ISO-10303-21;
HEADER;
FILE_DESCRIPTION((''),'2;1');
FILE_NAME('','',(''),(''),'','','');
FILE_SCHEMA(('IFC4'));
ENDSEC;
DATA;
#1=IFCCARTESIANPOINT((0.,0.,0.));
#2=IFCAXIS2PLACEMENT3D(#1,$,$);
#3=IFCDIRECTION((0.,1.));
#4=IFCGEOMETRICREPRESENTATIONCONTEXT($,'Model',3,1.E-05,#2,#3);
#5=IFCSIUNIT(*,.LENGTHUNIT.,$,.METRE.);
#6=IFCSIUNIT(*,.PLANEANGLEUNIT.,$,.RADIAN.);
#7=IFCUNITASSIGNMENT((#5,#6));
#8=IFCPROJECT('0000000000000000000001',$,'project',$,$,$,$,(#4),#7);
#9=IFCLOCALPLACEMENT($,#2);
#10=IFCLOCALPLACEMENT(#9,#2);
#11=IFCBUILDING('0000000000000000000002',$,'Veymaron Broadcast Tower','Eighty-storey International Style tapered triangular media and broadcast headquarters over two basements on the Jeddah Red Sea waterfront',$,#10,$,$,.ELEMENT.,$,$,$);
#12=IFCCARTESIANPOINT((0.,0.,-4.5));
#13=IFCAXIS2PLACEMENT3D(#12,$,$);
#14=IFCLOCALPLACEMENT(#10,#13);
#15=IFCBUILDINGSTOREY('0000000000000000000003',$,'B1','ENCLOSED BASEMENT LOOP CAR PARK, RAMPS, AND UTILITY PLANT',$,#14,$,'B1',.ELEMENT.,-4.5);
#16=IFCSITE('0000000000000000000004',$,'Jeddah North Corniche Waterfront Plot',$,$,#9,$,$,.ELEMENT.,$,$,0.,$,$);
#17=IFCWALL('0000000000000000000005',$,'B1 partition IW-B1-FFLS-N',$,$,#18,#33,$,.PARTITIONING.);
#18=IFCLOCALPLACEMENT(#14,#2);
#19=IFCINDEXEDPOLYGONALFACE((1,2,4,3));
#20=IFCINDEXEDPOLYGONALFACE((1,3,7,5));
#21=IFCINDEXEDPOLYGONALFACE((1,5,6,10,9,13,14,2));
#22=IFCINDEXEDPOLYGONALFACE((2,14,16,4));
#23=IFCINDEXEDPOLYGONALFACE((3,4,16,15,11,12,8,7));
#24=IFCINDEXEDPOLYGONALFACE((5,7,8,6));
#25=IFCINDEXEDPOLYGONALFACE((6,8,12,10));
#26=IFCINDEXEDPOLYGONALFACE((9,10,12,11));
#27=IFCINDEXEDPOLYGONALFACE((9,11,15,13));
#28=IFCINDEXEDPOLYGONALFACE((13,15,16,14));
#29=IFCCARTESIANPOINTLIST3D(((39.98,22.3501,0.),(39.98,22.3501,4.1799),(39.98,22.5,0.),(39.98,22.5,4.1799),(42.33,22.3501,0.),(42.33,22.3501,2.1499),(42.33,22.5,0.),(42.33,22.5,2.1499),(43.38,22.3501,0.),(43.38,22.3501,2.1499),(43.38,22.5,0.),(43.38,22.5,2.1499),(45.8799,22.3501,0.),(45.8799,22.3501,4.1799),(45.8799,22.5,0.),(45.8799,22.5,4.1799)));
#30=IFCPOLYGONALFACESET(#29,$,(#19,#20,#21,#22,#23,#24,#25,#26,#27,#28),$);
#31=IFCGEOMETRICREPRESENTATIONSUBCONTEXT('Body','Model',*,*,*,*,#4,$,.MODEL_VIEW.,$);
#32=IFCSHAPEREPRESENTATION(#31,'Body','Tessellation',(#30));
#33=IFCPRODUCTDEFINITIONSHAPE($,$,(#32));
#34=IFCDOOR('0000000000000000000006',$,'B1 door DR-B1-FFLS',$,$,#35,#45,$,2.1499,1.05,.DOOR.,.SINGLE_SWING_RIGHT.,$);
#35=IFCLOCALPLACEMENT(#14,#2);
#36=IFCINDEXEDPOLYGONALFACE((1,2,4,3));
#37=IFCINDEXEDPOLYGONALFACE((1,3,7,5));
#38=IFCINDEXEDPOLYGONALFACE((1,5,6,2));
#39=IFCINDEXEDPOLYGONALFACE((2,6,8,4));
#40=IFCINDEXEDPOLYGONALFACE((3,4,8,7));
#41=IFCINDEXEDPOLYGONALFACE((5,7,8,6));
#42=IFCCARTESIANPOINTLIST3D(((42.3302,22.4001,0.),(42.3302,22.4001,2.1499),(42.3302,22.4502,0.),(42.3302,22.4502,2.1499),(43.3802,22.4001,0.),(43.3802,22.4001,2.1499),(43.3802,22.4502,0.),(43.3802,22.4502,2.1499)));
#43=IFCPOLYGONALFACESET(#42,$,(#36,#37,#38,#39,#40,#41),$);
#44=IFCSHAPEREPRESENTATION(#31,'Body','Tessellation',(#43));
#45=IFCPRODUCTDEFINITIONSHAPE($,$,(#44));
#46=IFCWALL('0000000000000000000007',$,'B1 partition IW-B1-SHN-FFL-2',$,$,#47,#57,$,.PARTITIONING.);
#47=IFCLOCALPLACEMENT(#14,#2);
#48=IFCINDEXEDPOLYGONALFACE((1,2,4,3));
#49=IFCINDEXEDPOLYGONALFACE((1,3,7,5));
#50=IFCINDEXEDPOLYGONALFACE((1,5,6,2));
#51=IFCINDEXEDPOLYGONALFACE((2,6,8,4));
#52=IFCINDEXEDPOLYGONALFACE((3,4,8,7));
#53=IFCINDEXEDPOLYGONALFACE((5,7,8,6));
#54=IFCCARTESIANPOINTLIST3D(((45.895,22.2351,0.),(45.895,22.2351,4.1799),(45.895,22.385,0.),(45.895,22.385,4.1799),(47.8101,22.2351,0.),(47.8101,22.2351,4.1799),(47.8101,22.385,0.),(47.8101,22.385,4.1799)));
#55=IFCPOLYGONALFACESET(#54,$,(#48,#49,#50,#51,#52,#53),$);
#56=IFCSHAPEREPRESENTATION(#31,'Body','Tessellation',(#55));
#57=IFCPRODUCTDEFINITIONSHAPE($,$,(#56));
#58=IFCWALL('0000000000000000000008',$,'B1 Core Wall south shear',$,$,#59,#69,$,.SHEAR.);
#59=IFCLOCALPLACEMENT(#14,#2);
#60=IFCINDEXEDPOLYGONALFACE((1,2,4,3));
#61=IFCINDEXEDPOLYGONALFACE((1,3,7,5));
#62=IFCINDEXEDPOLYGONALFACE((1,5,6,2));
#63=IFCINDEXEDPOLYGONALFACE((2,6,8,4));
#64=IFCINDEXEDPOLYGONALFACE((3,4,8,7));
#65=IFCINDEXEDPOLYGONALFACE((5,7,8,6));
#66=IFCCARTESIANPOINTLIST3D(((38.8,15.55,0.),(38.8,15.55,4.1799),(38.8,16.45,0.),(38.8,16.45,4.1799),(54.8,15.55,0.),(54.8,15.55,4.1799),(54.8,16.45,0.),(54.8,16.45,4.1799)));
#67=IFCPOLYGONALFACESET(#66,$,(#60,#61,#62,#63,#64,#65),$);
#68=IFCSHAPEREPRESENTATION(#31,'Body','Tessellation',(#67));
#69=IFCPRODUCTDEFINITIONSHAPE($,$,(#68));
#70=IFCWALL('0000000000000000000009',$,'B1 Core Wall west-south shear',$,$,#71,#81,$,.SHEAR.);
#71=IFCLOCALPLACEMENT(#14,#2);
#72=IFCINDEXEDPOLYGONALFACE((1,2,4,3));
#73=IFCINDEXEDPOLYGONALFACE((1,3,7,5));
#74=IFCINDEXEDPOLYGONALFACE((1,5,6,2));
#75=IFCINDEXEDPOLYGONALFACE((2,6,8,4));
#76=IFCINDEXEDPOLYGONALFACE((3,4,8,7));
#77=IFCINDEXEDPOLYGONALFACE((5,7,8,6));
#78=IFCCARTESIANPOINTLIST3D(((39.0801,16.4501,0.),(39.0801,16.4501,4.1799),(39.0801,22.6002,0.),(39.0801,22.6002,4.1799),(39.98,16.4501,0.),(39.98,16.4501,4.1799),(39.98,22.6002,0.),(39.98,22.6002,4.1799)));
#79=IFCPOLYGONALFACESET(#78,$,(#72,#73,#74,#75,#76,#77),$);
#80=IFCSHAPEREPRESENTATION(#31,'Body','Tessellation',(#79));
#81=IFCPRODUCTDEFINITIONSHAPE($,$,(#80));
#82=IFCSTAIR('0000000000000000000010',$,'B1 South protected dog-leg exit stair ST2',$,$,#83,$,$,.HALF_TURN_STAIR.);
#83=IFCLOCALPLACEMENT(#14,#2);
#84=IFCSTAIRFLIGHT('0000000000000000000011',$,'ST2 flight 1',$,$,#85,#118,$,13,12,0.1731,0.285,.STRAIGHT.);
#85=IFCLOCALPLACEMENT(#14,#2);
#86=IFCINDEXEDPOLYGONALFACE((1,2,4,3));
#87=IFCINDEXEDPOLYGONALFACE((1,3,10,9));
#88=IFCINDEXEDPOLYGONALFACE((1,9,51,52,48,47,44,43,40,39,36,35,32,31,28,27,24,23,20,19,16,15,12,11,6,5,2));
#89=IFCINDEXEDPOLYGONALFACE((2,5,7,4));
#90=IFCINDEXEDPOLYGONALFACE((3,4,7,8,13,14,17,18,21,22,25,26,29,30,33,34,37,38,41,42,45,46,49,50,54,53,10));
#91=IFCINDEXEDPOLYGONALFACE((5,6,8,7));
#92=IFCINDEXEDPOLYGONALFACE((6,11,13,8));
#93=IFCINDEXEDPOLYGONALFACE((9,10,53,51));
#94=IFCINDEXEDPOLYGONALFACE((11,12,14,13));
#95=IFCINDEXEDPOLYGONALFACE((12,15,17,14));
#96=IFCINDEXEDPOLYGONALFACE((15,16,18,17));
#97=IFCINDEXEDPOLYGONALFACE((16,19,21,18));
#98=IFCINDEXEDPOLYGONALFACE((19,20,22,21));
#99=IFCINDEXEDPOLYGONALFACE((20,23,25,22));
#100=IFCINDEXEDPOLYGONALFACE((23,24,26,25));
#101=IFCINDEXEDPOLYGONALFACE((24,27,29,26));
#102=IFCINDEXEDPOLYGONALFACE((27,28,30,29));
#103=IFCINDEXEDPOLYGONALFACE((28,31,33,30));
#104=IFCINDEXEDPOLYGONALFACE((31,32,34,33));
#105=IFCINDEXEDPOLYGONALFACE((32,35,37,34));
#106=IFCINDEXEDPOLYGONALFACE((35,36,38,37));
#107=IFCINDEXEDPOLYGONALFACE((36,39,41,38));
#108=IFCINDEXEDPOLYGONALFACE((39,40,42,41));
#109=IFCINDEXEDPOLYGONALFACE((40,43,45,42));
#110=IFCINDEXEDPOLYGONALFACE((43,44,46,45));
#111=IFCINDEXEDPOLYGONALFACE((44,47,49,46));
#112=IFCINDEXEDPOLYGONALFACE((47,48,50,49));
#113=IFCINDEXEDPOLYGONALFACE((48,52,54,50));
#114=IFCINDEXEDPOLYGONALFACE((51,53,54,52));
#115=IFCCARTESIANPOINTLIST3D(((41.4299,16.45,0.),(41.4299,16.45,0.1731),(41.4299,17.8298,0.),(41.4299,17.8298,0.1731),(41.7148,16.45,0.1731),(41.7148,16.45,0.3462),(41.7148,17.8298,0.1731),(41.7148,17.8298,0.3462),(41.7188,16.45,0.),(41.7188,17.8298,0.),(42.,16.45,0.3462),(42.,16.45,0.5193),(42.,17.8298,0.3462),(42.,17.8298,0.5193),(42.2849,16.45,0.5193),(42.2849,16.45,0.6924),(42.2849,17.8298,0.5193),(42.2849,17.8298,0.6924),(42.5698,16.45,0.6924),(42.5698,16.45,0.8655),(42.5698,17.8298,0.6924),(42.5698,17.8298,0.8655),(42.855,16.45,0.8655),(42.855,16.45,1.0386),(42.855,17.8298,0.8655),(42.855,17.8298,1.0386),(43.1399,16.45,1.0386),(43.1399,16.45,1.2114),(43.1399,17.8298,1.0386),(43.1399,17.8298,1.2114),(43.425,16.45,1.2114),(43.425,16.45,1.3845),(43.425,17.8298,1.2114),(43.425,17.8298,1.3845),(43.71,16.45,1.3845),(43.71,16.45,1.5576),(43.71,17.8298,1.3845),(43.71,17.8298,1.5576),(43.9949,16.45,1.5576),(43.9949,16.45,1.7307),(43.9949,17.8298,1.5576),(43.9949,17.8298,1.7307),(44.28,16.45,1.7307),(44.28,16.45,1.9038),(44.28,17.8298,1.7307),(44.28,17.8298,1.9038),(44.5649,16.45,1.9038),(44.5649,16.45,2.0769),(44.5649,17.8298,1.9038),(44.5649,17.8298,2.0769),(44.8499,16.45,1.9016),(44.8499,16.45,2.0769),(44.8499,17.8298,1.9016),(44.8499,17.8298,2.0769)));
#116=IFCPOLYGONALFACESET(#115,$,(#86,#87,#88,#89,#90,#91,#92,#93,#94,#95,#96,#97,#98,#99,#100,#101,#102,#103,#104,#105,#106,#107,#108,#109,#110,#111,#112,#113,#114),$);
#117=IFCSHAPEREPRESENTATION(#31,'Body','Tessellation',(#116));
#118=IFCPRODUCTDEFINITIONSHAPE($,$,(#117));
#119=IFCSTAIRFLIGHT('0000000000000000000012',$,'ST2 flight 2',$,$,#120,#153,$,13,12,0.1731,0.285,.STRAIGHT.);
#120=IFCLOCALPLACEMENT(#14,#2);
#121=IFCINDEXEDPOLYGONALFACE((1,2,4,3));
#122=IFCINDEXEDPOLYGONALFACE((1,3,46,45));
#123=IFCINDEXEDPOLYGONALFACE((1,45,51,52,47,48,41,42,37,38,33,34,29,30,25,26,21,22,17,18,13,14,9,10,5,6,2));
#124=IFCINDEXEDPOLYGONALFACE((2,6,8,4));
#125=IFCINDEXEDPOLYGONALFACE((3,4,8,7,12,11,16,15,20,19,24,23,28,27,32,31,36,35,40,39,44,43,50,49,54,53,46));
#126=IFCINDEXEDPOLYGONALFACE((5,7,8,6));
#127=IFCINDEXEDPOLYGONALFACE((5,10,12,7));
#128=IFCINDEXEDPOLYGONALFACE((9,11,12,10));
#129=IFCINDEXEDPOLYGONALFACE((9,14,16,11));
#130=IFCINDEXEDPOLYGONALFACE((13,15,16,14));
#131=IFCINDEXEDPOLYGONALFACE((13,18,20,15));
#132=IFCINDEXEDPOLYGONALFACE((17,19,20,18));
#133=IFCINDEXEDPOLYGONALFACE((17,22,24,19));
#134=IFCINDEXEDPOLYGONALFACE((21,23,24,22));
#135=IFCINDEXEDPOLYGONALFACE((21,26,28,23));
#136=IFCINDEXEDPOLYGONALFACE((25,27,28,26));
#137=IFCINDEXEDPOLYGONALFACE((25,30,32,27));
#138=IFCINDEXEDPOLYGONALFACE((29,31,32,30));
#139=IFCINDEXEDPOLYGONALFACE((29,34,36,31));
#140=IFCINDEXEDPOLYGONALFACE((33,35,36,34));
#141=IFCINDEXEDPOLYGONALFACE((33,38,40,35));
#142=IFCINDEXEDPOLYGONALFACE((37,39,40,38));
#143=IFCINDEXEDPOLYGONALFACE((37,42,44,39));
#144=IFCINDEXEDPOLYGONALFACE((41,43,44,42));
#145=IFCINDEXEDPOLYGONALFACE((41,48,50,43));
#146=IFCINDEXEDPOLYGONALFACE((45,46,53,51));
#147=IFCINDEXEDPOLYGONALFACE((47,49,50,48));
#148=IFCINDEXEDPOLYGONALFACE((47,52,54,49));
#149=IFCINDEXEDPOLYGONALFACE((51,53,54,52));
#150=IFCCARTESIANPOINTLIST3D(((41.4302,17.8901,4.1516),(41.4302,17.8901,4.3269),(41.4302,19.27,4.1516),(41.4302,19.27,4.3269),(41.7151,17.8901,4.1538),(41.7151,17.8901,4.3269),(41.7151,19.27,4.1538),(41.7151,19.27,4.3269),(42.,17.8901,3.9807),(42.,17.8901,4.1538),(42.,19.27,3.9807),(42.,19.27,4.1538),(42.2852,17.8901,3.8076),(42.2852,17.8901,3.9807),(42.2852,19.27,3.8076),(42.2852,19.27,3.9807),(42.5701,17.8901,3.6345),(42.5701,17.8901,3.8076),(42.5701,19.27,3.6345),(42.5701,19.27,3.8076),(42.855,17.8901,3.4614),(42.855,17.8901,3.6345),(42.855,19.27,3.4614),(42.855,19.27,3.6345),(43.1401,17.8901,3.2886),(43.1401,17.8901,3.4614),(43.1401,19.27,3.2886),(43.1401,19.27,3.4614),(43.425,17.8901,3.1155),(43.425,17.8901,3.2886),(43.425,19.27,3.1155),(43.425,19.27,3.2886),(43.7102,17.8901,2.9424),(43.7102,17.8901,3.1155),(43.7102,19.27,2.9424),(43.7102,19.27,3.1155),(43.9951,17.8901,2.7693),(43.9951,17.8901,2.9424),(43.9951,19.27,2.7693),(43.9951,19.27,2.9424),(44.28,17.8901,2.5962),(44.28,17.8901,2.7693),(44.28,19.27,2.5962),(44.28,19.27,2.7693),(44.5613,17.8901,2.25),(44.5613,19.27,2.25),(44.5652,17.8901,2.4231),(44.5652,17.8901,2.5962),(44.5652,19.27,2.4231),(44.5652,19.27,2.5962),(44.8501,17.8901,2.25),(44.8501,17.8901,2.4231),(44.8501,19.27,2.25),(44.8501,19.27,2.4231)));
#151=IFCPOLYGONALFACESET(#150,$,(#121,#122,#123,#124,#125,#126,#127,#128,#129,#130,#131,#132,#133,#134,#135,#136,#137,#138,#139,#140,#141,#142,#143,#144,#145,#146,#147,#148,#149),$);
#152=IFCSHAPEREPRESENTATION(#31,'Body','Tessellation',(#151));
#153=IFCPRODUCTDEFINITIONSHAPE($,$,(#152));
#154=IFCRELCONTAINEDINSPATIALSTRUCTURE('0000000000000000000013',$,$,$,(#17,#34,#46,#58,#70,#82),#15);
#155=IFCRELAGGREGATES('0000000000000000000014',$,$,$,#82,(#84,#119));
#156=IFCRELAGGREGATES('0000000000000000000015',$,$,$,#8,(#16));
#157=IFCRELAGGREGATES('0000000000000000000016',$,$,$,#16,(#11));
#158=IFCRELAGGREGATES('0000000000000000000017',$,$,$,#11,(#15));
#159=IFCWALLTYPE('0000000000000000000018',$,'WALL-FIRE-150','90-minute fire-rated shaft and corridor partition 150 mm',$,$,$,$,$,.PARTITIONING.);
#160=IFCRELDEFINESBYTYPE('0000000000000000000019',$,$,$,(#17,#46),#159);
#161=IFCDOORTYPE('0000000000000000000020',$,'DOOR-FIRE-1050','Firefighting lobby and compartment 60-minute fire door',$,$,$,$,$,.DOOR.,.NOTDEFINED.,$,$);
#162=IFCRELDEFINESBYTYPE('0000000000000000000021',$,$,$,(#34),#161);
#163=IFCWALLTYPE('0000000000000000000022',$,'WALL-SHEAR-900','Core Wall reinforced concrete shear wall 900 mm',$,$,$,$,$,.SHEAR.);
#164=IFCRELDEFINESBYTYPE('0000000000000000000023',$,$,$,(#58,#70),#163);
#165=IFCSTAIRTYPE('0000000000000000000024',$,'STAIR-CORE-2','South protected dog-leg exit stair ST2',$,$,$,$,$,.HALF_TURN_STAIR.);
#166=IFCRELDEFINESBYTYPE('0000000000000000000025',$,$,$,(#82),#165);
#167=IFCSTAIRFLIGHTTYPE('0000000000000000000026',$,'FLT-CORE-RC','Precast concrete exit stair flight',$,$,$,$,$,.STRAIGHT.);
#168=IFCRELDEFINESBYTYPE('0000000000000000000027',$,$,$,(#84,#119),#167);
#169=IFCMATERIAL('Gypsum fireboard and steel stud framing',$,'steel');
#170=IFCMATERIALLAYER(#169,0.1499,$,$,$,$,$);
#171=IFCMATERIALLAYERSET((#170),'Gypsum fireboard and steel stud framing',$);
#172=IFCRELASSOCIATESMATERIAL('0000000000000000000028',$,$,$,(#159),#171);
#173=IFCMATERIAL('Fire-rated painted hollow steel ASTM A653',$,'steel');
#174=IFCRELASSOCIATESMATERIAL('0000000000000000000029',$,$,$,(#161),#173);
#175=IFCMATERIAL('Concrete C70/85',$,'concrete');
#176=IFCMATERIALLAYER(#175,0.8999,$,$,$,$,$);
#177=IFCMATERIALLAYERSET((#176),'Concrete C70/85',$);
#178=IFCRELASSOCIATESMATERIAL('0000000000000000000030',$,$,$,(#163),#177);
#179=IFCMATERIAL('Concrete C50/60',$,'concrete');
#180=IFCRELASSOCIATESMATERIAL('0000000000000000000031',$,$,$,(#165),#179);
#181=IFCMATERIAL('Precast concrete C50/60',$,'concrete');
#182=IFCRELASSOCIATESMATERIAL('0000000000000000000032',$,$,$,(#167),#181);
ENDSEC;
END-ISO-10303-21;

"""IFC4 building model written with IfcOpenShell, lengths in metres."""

from ifc_helpers import new_model, si_unit, direction, frame, frame_2d, origin, place, context, subcontext, project, spatial, polyline, rectangle, outline, extrude, material, layer, layer_set, type_object, element, fill, aggregate, save


model = new_model("IFC4")

# Units and contexts
model_context = context("Model", 3, precision=1e-05, world=origin(), true_north=direction((0.0, 1.0)))
body_context = subcontext(model_context, "Body", "Model", "MODEL_VIEW")
ifc_project = project(units=[si_unit("LENGTHUNIT", "METRE"), si_unit("PLANEANGLEUNIT", "RADIAN")], contexts=[model_context])

# Site, building, storey
site_placement = place(None, origin())
site = spatial("IfcSite", under=ifc_project, at=site_placement, Name="Jeddah North Corniche Waterfront Plot", CompositionType="ELEMENT", RefElevation=0.0)
building_placement = place(site_placement, origin())
building = spatial("IfcBuilding", under=site, at=building_placement, Name="Veymaron Broadcast Tower", Description="Eighty-storey International Style tapered triangular media and broadcast headquarters over two basements on the Jeddah Red Sea waterfront", CompositionType="ELEMENT")
storey_placement = place(building_placement, frame((0.0, 0.0, -4.5)))
storey = spatial("IfcBuildingStorey", under=building, at=storey_placement, Name="B1", Description="ENCLOSED BASEMENT LOOP CAR PARK, RAMPS, AND UTILITY PLANT", LongName="B1", CompositionType="ELEMENT", Elevation=-4.5)

# Shared definitions
ifc_material_1 = material(Name="Concrete C70/85", Category="concrete")

# Wall, opening, door
ifc_material_2 = material(Name="Gypsum fireboard and steel stud framing", Category="steel")
ifc_layer_1 = layer(ifc_material_2, 0.1499)
ifc_layer_set_1 = layer_set([ifc_layer_1], Name="Gypsum fireboard and steel stud framing")
wall_type_1 = type_object("IfcWallType", Name="WALL-FIRE-150", Description="90-minute fire-rated shaft and corridor partition 150 mm", PredefinedType="PARTITIONING", material=ifc_layer_set_1)
wall_1_placement = place(storey_placement, frame((39.98, 22.425, 0.0), z_axis=(0.0, 0.0, 1.0), x_axis=(1.0, 0.0, 0.0)))
wall_1 = element("IfcWall", 1, at=wall_1_placement, inside=storey, type_object=wall_type_1, Name="B1 partition IW-B1-FFLS-N", PredefinedType="PARTITIONING", context=body_context, shape_type="SweptSolid", body=[
    extrude(rectangle(XDim=5.8999, YDim=0.1499, at=frame_2d((2.95, 0.0))), origin(), (0.0, 0.0, 1.0), 4.1799),
])
opening_1_placement = place(wall_1_placement, frame((2.3501, 0.0, 0.0)))
opening_1 = element("IfcOpeningElement", 2, at=opening_1_placement, cuts=wall_1, PredefinedType="OPENING", context=body_context, shape_type="SweptSolid", body=[
    extrude(rectangle(XDim=1.05, YDim=2.1499, at=frame_2d((0.5249, 1.075))), frame((0.0, 0.085, 0.0), z_axis=(0.0, -1.0, 0.0), x_axis=(1.0, 0.0, 0.0)), (0.0, 0.0, 1.0), 0.1699),
])
ifc_material_3 = material(Name="Fire-rated painted hollow steel ASTM A653", Category="steel")
door_type_1 = type_object("IfcDoorType", Name="DOOR-FIRE-1050", Description="Firefighting lobby and compartment 60-minute fire door", OperationType="NOTDEFINED", PredefinedType="DOOR", material=ifc_material_3)
door_1_placement = place(opening_1_placement, frame((1.05, 0.0, 0.0), z_axis=(0.0, 0.0, 1.0), x_axis=(-1.0, 0.0, 0.0)))
door_1 = element("IfcDoor", 3, at=door_1_placement, inside=storey, type_object=door_type_1, Name="B1 door DR-B1-FFLS", OperationType="SINGLE_SWING_RIGHT", OverallHeight=2.1499, OverallWidth=1.05, PredefinedType="DOOR", context=body_context, shape_type="SweptSolid", body=[
    extrude(rectangle(XDim=1.05, YDim=2.1499, at=frame_2d((0.5249, 1.075))), frame((0.0, 0.0249, 0.0), z_axis=(0.0, -1.0, 0.0), x_axis=(1.0, 0.0, 0.0)), (0.0, 0.0, 1.0), 0.05),
])
fill(opening_1, door_1)

# Wall
wall_2_placement = place(storey_placement, frame((45.895, 22.3101, 0.0), z_axis=(0.0, 0.0, 1.0), x_axis=(1.0, 0.0, 0.0)))
element("IfcWall", 4, at=wall_2_placement, inside=storey, type_object=wall_type_1, Name="B1 partition IW-B1-SHN-FFL-2", PredefinedType="PARTITIONING", context=body_context, shape_type="SweptSolid", body=[
    extrude(rectangle(XDim=1.915, YDim=0.1499, at=frame_2d((0.9575, 0.0))), origin(), (0.0, 0.0, 1.0), 4.1799),
])

# Shared definitions
ifc_material_4 = material(Name="Concrete C50/60", Category="concrete")

# Walls
ifc_layer_2 = layer(ifc_material_1, 0.8999)
ifc_layer_set_2 = layer_set([ifc_layer_2], Name="Concrete C70/85")
wall_type_2 = type_object("IfcWallType", Name="WALL-SHEAR-900", Description="Core Wall reinforced concrete shear wall 900 mm", PredefinedType="SHEAR", material=ifc_layer_set_2)
wall_3_placement = place(storey_placement, frame((38.8, 16.0, 0.0), z_axis=(0.0, 0.0, 1.0), x_axis=(1.0, 0.0, 0.0)))
element("IfcWall", 5, at=wall_3_placement, inside=storey, type_object=wall_type_2, Name="B1 Core Wall south shear", PredefinedType="SHEAR", context=body_context, shape_type="SweptSolid", body=[
    extrude(rectangle(XDim=16.0, YDim=0.8999, at=frame_2d((8.0, 0.0))), origin(), (0.0, 0.0, 1.0), 4.1799),
])
wall_4_placement = place(storey_placement, frame((39.53, 16.45, 0.0), z_axis=(0.0, 0.0, 1.0), x_axis=(0.0, 1.0, 0.0)))
element("IfcWall", 6, at=wall_4_placement, inside=storey, type_object=wall_type_2, Name="B1 Core Wall west-south shear", PredefinedType="SHEAR", context=body_context, shape_type="SweptSolid", body=[
    extrude(rectangle(XDim=6.1501, YDim=0.8999, at=frame_2d((3.0752, 0.0))), origin(), (0.0, 0.0, 1.0), 4.1799),
])

# Stair, stair flights
stair_type = type_object("IfcStairType", Name="STAIR-CORE-2", Description="South protected dog-leg exit stair ST2", PredefinedType="HALF_TURN_STAIR", material=ifc_material_4)
stair_placement = place(storey_placement, origin())
stair = element("IfcStair", 7, at=stair_placement, inside=storey, type_object=stair_type, Name="B1 South protected dog-leg exit stair ST2", PredefinedType="HALF_TURN_STAIR")
ifc_material_5 = material(Name="Precast concrete C50/60", Category="concrete")
stair_flight_type = type_object("IfcStairFlightType", Name="FLT-CORE-RC", Description="Precast concrete exit stair flight", PredefinedType="STRAIGHT", material=ifc_material_5)
stair_flight_1_placement = place(storey_placement, frame((41.4299, 17.1399, 0.0), z_axis=(0.0, 0.0, 1.0), x_axis=(1.0, 0.0, 0.0)))
stair_flight_1 = element("IfcStairFlight", 8, at=stair_flight_1_placement, type_object=stair_flight_type, Name="ST2 flight 1", NumberOfRisers=13, NumberOfTreads=12, PredefinedType="STRAIGHT", RiserHeight=0.1731, TreadLength=0.285, context=body_context, shape_type="SweptSolid", body=[
    extrude(outline(polyline([(0.0, 0.0), (0.0, 0.1731), (0.2849, 0.1731), (0.2849, 0.3462), (0.5701, 0.3462), (0.5701, 0.5193), (0.855, 0.5193), (0.855, 0.6924), (1.1399, 0.6924), (1.1399, 0.8655), (1.425, 0.8655), (1.425, 1.0386), (1.71, 1.0386), (1.71, 1.2114), (1.9951, 1.2114), (1.9951, 1.3845), (2.28, 1.3845), (2.28, 1.5576), (2.5649, 1.5576), (2.5649, 1.7307), (2.8501, 1.7307), (2.8501, 1.9038), (3.135, 1.9038), (3.135, 2.0769), (3.4199, 2.0769), (3.4199, 2.25), (3.4199, 1.9016), (0.2888, 0.0), (0.0, 0.0)])), frame((0.0, 0.6899, 0.0), z_axis=(0.0, -1.0, 0.0), x_axis=(1.0, 0.0, 0.0)), (0.0, 0.0, 1.0), 1.3799),
])
stair_flight_2_placement = place(storey_placement, frame((44.8501, 18.5801, 2.25), z_axis=(0.0, 0.0, 1.0), x_axis=(-1.0, 0.0, 0.0)))
stair_flight_2 = element("IfcStairFlight", 9, at=stair_flight_2_placement, type_object=stair_flight_type, Name="ST2 flight 2", NumberOfRisers=13, NumberOfTreads=12, PredefinedType="STRAIGHT", RiserHeight=0.1731, TreadLength=0.285, context=body_context, shape_type="SweptSolid", body=[
    extrude(outline(polyline([(0.0, 0.0), (0.0, 0.1731), (0.2849, 0.1731), (0.2849, 0.3462), (0.5701, 0.3462), (0.5701, 0.5193), (0.855, 0.5193), (0.855, 0.6924), (1.1399, 0.6924), (1.1399, 0.8655), (1.425, 0.8655), (1.425, 1.0386), (1.71, 1.0386), (1.71, 1.2114), (1.9951, 1.2114), (1.9951, 1.3845), (2.28, 1.3845), (2.28, 1.5576), (2.5649, 1.5576), (2.5649, 1.7307), (2.8501, 1.7307), (2.8501, 1.9038), (3.135, 1.9038), (3.135, 2.0769), (3.4199, 2.0769), (3.4199, 2.25), (3.4199, 1.9016), (0.2888, 0.0), (0.0, 0.0)])), frame((0.0, 0.6899, 0.0), z_axis=(0.0, -1.0, 0.0), x_axis=(1.0, 0.0, 0.0)), (0.0, 0.0, 1.0), 1.3799),
])
aggregate(stair, [stair_flight_1, stair_flight_2])

save(model, "model.ifc")
